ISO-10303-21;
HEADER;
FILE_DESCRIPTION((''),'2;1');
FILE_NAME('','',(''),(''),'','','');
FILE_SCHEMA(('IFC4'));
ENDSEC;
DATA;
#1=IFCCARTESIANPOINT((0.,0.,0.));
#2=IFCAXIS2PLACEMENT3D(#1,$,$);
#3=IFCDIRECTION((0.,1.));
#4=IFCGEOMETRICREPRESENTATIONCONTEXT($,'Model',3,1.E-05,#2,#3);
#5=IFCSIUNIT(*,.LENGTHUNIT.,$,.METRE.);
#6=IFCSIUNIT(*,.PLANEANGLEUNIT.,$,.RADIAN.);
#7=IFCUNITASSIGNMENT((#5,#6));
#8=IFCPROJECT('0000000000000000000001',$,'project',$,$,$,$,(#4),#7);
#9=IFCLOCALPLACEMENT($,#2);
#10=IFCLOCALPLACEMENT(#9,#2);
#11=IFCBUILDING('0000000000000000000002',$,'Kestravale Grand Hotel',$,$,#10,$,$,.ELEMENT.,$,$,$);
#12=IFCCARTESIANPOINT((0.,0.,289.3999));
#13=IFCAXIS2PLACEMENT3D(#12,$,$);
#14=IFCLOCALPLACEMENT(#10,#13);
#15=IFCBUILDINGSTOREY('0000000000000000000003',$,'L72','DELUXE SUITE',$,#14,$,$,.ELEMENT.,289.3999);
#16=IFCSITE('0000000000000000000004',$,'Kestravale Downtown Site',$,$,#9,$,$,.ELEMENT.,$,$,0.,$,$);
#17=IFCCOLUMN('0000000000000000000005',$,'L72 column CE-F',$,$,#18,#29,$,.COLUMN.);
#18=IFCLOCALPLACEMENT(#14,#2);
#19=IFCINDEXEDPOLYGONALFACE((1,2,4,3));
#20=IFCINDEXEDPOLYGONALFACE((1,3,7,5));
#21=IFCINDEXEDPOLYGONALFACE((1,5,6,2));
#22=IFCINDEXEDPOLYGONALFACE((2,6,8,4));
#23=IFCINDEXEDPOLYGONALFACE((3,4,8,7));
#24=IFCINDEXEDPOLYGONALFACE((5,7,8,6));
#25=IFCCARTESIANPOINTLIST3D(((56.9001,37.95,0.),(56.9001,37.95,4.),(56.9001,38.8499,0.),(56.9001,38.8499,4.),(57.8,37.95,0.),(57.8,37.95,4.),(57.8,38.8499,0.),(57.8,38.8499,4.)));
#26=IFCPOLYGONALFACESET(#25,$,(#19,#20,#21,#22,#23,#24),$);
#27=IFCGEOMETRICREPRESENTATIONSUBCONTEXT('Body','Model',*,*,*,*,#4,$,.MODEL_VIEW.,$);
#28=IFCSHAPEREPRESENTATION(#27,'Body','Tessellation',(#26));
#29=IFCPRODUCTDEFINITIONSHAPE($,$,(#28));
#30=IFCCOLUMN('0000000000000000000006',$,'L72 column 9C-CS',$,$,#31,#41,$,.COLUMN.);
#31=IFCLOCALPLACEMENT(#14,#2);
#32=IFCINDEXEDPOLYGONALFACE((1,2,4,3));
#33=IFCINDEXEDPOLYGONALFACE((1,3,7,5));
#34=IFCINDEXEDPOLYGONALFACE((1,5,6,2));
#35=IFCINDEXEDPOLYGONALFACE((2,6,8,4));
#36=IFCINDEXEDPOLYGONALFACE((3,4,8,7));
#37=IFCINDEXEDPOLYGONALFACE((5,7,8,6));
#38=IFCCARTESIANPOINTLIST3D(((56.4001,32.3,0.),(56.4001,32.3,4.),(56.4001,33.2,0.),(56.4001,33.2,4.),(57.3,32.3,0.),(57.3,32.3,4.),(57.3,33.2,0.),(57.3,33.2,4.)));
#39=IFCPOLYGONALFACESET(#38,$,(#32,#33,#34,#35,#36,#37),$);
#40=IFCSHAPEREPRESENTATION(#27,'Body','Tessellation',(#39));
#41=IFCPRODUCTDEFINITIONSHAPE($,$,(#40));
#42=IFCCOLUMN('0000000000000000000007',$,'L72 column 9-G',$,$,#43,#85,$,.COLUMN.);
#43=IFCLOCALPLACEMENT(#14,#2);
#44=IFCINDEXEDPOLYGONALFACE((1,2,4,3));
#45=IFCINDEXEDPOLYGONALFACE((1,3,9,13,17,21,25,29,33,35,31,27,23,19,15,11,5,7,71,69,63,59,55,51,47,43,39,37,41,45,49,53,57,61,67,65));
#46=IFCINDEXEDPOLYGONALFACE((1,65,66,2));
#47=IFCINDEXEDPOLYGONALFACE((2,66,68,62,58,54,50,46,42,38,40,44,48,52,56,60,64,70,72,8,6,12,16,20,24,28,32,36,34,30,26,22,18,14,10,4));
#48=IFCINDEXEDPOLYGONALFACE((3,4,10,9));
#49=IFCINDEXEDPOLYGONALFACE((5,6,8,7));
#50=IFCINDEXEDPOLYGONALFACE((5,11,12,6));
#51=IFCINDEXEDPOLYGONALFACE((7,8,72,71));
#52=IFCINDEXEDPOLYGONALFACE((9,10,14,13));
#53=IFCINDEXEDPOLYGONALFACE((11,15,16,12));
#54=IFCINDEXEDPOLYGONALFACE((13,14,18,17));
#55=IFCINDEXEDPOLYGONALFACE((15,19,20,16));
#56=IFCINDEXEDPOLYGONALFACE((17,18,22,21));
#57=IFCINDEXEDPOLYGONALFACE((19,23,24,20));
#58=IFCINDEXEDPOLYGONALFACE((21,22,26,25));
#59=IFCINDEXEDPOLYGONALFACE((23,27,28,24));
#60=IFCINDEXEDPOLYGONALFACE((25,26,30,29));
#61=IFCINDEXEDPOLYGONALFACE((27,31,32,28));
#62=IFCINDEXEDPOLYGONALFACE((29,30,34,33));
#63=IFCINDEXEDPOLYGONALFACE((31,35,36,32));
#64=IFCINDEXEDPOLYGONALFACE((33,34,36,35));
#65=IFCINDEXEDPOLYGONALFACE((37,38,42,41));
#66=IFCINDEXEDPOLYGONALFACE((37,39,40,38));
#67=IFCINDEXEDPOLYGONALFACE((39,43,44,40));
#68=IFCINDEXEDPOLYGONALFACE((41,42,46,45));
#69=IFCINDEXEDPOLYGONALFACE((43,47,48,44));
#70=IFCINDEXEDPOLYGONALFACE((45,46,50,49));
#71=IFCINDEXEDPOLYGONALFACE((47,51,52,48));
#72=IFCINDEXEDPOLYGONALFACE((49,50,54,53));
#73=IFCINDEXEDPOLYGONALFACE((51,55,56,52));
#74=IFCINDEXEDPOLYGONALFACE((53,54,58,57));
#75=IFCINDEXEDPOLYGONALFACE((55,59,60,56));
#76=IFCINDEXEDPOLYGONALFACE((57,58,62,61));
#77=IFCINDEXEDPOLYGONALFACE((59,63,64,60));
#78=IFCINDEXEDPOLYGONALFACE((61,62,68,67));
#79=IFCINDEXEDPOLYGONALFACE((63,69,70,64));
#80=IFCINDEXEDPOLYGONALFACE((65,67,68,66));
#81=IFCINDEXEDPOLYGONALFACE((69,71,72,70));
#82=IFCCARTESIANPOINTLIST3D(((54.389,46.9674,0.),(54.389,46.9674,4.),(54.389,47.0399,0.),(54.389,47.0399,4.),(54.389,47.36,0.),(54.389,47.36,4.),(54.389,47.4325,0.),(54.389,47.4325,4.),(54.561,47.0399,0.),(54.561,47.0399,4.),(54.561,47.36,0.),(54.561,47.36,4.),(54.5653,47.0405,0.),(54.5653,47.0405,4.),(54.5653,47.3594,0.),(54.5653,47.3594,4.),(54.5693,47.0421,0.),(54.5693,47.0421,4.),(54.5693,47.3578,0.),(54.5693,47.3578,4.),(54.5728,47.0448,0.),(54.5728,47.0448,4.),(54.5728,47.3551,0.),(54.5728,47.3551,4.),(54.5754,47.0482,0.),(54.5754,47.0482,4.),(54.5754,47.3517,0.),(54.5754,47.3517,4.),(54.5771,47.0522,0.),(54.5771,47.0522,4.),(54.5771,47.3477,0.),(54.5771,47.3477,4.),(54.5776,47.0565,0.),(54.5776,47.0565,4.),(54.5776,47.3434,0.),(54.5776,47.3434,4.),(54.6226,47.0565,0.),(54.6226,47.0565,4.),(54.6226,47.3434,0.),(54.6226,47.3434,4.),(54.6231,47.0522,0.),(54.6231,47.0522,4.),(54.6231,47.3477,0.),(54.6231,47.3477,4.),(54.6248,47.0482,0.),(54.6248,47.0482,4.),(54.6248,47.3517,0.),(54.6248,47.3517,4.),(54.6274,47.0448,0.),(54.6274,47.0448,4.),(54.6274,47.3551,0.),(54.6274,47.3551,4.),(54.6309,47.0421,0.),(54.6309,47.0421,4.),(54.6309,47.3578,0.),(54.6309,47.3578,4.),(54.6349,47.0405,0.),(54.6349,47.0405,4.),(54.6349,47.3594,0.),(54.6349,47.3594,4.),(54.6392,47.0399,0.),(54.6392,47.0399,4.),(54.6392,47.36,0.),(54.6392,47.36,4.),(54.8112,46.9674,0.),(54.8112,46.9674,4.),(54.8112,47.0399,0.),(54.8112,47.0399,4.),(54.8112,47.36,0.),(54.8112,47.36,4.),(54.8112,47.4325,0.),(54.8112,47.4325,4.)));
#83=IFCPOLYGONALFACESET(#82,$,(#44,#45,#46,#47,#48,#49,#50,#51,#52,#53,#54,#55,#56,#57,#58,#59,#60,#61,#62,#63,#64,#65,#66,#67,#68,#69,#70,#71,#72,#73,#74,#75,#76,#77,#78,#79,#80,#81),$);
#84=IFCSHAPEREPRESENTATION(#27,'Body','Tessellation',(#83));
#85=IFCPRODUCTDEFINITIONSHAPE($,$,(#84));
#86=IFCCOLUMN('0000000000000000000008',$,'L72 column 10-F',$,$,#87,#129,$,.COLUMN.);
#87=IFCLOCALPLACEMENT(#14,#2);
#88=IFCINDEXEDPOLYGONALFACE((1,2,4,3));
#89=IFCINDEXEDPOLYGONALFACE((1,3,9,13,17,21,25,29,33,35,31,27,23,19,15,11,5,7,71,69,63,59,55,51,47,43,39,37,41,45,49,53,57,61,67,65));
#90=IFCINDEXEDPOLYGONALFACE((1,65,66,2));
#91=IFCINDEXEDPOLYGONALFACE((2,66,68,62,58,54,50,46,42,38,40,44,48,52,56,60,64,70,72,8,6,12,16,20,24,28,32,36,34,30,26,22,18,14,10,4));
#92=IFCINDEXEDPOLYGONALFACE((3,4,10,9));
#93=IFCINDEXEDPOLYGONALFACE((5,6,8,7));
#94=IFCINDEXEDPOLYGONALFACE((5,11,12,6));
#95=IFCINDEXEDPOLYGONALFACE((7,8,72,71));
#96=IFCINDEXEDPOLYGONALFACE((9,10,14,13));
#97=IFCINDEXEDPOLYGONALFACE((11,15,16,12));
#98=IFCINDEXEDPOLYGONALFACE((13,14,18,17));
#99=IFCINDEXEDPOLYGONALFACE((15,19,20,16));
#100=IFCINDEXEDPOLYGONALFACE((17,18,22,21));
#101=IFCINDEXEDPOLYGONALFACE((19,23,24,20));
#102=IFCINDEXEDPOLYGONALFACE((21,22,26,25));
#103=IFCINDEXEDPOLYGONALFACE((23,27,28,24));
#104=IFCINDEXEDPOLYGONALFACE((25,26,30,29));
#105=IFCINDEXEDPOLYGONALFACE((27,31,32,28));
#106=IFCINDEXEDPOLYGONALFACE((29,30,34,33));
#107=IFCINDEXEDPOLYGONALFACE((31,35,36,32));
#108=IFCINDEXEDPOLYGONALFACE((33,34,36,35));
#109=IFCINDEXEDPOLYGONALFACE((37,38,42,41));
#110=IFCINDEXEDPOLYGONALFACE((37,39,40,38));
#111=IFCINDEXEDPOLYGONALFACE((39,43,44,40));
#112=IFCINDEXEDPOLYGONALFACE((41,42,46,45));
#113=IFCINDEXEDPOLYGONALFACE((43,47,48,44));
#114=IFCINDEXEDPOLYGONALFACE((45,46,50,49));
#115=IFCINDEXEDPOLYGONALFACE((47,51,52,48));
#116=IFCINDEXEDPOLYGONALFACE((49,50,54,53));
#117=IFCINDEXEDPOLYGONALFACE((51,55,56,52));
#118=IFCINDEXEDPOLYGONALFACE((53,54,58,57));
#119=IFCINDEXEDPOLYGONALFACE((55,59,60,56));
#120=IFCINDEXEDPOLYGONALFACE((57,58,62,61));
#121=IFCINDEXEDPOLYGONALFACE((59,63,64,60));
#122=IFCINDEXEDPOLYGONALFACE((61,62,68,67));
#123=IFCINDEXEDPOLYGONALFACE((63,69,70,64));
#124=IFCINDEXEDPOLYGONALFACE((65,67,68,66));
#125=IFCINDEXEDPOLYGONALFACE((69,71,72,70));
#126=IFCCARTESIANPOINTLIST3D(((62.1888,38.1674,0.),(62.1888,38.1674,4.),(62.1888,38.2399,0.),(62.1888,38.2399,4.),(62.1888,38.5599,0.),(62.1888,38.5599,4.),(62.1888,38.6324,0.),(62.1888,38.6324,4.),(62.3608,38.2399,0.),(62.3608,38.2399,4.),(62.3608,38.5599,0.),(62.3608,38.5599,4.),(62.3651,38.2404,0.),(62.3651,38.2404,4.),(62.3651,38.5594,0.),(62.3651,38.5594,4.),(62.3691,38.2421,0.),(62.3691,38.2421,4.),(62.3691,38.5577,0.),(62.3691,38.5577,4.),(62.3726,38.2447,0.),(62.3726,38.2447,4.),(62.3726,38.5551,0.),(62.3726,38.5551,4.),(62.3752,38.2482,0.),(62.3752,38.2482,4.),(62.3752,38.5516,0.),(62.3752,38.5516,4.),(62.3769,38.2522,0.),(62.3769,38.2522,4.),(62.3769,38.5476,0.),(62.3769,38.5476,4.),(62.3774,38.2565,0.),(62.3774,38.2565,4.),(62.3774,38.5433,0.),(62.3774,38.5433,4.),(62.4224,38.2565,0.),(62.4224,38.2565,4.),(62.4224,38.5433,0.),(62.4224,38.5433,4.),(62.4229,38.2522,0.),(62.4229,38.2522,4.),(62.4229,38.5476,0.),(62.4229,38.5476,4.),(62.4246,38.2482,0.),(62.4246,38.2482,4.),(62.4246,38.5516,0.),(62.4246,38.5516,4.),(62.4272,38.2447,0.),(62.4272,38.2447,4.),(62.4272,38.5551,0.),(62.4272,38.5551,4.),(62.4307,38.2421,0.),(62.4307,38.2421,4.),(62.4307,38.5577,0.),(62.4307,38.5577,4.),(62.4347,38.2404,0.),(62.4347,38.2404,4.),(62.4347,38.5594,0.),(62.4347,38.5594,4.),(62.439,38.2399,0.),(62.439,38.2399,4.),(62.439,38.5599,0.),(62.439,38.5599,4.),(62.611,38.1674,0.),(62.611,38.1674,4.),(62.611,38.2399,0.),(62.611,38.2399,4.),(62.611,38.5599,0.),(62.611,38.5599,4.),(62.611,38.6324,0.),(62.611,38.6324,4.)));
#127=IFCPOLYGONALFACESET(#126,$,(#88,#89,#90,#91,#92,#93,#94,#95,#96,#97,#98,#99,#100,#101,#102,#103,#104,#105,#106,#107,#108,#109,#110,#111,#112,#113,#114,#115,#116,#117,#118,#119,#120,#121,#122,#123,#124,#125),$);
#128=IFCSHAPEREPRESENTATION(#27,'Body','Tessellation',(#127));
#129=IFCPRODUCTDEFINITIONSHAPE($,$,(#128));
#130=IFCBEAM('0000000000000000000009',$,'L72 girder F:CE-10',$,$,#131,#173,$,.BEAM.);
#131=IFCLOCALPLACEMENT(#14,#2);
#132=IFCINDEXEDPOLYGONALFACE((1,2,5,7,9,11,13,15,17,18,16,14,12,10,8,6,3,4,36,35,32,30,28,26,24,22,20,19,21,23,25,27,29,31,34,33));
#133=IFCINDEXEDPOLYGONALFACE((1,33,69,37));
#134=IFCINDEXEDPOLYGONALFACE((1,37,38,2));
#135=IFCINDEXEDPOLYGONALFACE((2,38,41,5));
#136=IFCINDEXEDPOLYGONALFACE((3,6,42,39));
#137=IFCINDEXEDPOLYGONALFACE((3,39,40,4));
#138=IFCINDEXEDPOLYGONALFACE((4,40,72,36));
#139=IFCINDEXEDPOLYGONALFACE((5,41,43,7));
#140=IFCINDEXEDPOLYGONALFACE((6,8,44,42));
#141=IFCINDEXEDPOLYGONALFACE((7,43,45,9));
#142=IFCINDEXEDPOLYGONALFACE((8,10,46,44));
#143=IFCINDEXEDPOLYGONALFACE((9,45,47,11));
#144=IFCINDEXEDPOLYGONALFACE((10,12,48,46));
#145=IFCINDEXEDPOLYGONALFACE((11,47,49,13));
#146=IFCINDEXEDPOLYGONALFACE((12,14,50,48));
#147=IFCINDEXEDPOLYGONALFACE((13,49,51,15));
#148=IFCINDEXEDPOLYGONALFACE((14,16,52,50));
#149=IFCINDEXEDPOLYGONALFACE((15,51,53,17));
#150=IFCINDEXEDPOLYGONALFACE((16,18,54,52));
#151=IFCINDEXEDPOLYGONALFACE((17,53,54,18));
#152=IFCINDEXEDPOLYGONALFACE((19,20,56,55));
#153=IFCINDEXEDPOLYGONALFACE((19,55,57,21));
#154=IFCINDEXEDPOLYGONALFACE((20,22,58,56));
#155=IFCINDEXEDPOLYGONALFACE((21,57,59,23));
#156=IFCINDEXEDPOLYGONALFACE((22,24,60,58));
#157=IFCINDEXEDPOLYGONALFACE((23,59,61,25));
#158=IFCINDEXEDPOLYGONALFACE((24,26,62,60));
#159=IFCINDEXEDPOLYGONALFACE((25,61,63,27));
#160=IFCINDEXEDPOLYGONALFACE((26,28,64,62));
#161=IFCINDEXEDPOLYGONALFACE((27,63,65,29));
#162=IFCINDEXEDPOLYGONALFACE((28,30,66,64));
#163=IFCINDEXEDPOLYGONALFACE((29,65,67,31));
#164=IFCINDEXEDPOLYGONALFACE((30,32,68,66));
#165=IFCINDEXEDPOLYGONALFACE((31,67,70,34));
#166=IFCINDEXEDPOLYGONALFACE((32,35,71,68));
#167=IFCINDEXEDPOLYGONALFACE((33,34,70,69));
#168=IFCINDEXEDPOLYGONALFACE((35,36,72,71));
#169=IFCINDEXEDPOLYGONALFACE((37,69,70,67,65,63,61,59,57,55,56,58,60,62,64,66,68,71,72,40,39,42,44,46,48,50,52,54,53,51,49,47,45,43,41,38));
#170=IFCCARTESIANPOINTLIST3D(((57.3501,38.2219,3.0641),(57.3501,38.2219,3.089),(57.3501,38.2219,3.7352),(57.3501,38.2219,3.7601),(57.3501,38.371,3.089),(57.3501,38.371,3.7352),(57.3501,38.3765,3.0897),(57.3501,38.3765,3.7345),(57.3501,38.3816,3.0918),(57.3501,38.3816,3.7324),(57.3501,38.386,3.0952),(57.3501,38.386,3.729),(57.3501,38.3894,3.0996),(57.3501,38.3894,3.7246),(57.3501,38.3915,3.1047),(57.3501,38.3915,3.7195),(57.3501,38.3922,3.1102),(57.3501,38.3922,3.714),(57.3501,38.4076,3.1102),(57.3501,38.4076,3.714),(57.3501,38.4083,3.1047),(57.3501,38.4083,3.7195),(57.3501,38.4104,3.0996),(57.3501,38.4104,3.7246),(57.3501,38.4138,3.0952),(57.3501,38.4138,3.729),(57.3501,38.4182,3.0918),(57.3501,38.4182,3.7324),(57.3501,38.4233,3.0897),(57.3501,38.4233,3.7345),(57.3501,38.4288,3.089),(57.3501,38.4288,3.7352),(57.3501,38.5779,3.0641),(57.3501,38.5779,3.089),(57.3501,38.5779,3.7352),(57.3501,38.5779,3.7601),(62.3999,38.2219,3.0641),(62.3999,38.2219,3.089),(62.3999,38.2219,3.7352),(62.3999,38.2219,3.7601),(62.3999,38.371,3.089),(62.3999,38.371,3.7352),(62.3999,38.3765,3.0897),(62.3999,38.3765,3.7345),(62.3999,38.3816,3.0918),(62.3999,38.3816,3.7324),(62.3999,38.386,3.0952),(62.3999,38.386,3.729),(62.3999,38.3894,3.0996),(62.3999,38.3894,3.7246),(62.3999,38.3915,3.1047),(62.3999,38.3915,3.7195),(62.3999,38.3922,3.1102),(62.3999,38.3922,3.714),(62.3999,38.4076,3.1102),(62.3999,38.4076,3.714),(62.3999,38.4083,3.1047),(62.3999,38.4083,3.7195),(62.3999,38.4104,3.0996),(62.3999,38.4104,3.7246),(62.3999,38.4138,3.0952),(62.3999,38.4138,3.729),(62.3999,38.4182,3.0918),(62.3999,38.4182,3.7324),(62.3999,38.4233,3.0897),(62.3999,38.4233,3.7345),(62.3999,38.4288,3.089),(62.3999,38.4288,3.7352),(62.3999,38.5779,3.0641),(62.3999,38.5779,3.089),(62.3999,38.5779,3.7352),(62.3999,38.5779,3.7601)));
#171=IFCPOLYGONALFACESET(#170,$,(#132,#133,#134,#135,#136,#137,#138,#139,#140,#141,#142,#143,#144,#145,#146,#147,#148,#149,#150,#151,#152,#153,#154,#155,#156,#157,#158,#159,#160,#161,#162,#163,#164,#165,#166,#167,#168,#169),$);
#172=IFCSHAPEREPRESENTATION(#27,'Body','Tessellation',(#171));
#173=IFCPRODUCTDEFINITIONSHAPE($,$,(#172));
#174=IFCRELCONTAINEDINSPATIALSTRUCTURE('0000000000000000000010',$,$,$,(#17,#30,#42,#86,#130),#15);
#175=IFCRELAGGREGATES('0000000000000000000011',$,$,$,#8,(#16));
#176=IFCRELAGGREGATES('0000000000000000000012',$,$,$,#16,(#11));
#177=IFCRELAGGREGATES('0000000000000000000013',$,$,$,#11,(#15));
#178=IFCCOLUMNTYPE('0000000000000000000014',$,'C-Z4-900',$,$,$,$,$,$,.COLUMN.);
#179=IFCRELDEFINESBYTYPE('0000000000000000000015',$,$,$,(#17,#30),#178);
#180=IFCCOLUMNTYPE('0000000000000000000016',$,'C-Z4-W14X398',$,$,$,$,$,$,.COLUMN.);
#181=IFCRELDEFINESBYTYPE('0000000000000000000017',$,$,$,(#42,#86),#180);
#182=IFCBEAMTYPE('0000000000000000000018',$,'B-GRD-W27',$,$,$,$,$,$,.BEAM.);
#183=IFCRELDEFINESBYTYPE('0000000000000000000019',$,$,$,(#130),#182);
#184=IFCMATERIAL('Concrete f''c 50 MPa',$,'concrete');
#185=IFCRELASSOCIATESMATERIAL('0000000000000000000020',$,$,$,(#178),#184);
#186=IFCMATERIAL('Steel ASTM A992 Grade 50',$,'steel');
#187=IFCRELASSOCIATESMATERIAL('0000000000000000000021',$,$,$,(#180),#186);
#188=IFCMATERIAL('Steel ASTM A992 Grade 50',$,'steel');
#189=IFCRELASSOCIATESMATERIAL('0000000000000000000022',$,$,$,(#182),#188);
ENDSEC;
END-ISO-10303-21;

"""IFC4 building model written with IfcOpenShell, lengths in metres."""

from ifc_helpers import new_model, si_unit, direction, frame, origin, origin_2d, place, context, subcontext, project, spatial, rectangle, i_section, extrude, material, material_profile, profile_set, type_object, element, save


model = new_model("IFC4")

# Units and contexts
model_context = context("Model", 3, precision=1e-05, world=origin(), true_north=direction((0.0, 1.0)))
body_context = subcontext(model_context, "Body", "Model", "MODEL_VIEW")
ifc_project = project(units=[si_unit("LENGTHUNIT", "METRE"), si_unit("PLANEANGLEUNIT", "RADIAN")], contexts=[model_context])

# Site, building, storey
site_placement = place(None, origin())
site = spatial("IfcSite", under=ifc_project, at=site_placement, Name="Kestravale Downtown Site", CompositionType="ELEMENT", RefElevation=0.0)
building_placement = place(site_placement, origin())
building = spatial("IfcBuilding", under=site, at=building_placement, Name="Kestravale Grand Hotel", CompositionType="ELEMENT")
storey_placement = place(building_placement, frame((0.0, 0.0, 289.3999)))
storey = spatial("IfcBuildingStorey", under=building, at=storey_placement, Name="L72", Description="DELUXE SUITE", CompositionType="ELEMENT", Elevation=289.3999)

# Columns
ifc_material_1 = material(Name="Concrete f'c 50 MPa", Category="concrete")
ifc_material_profile_1 = material_profile(ifc_material_1, rectangle(XDim=0.8999, YDim=0.8999, at=origin_2d()))
ifc_profile_set_1 = profile_set([ifc_material_profile_1], Name="Concrete f'c 50 MPa")
column_type_1 = type_object("IfcColumnType", Name="C-Z4-900", PredefinedType="COLUMN", material=ifc_profile_set_1)
for number, where, z_axis, x_axis, name in (
    (1, (57.3501, 38.3999, 0.0), (0.0, 0.0, 1.0), (1.0, 0.0, 0.0), "L72 column CE-F"),
    (2, (56.8501, 32.75, 0.0), (0.0, 0.0, 1.0), (1.0, 0.0, 0.0), "L72 column 9C-CS"),
):
    element("IfcColumn", number, at=place(storey_placement, frame(where, z_axis=z_axis, x_axis=x_axis)), inside=storey, type_object=column_type_1, Name=name, PredefinedType="COLUMN", context=body_context, shape_type="SweptSolid", body=[
        extrude(rectangle(XDim=0.8999, YDim=0.8999, at=origin_2d()), origin(), (0.0, 0.0, 1.0), 4.0),
    ])
ifc_material_2 = material(Name="Steel ASTM A992 Grade 50", Category="steel")
ifc_material_profile_2 = material_profile(ifc_material_2, i_section(OverallWidth=0.4221, OverallDepth=0.4651, WebThickness=0.0449, FlangeThickness=0.0725, FilletRadius=0.0166, at=origin_2d()))
ifc_profile_set_2 = profile_set([ifc_material_profile_2], Name="Steel ASTM A992 Grade 50")
column_type_2 = type_object("IfcColumnType", Name="C-Z4-W14X398", PredefinedType="COLUMN", material=ifc_profile_set_2)
for number, where, z_axis, x_axis, name in (
    (3, (54.6001, 47.2, 0.0), (0.0, 0.0, 1.0), (1.0, 0.0, 0.0), "L72 column 9-G"),
    (4, (62.3999, 38.3999, 0.0), (0.0, 0.0, 1.0), (1.0, 0.0, 0.0), "L72 column 10-F"),
):
    element("IfcColumn", number, at=place(storey_placement, frame(where, z_axis=z_axis, x_axis=x_axis)), inside=storey, type_object=column_type_2, Name=name, PredefinedType="COLUMN", context=body_context, shape_type="SweptSolid", body=[
        extrude(i_section(OverallWidth=0.4221, OverallDepth=0.4651, WebThickness=0.0449, FlangeThickness=0.0725, FilletRadius=0.0166, at=origin_2d()), origin(), (0.0, 0.0, 1.0), 4.0),
    ])

# Beam
ifc_material_3 = material(Name="Steel ASTM A992 Grade 50", Category="steel")
ifc_material_profile_3 = material_profile(ifc_material_3, i_section(OverallWidth=0.356, OverallDepth=0.696, WebThickness=0.0154, FlangeThickness=0.0249, FilletRadius=0.0212, at=origin_2d()))
ifc_profile_set_3 = profile_set([ifc_material_profile_3], Name="Steel ASTM A992 Grade 50")
beam_type = type_object("IfcBeamType", Name="B-GRD-W27", PredefinedType="BEAM", material=ifc_profile_set_3)
beam_1_placement = place(storey_placement, frame((57.3501, 38.3999, 3.4121), z_axis=(1.0, 0.0, 0.0), x_axis=(0.0, 1.0, 0.0)))
element("IfcBeam", 5, at=beam_1_placement, inside=storey, type_object=beam_type, Name="L72 girder F:CE-10", PredefinedType="BEAM", context=body_context, shape_type="SweptSolid", body=[
    extrude(i_section(OverallWidth=0.356, OverallDepth=0.696, WebThickness=0.0154, FlangeThickness=0.0249, FilletRadius=0.0212, at=origin_2d()), origin(), (0.0, 0.0, 1.0), 5.0498),
])

save(model, "model.ifc")
